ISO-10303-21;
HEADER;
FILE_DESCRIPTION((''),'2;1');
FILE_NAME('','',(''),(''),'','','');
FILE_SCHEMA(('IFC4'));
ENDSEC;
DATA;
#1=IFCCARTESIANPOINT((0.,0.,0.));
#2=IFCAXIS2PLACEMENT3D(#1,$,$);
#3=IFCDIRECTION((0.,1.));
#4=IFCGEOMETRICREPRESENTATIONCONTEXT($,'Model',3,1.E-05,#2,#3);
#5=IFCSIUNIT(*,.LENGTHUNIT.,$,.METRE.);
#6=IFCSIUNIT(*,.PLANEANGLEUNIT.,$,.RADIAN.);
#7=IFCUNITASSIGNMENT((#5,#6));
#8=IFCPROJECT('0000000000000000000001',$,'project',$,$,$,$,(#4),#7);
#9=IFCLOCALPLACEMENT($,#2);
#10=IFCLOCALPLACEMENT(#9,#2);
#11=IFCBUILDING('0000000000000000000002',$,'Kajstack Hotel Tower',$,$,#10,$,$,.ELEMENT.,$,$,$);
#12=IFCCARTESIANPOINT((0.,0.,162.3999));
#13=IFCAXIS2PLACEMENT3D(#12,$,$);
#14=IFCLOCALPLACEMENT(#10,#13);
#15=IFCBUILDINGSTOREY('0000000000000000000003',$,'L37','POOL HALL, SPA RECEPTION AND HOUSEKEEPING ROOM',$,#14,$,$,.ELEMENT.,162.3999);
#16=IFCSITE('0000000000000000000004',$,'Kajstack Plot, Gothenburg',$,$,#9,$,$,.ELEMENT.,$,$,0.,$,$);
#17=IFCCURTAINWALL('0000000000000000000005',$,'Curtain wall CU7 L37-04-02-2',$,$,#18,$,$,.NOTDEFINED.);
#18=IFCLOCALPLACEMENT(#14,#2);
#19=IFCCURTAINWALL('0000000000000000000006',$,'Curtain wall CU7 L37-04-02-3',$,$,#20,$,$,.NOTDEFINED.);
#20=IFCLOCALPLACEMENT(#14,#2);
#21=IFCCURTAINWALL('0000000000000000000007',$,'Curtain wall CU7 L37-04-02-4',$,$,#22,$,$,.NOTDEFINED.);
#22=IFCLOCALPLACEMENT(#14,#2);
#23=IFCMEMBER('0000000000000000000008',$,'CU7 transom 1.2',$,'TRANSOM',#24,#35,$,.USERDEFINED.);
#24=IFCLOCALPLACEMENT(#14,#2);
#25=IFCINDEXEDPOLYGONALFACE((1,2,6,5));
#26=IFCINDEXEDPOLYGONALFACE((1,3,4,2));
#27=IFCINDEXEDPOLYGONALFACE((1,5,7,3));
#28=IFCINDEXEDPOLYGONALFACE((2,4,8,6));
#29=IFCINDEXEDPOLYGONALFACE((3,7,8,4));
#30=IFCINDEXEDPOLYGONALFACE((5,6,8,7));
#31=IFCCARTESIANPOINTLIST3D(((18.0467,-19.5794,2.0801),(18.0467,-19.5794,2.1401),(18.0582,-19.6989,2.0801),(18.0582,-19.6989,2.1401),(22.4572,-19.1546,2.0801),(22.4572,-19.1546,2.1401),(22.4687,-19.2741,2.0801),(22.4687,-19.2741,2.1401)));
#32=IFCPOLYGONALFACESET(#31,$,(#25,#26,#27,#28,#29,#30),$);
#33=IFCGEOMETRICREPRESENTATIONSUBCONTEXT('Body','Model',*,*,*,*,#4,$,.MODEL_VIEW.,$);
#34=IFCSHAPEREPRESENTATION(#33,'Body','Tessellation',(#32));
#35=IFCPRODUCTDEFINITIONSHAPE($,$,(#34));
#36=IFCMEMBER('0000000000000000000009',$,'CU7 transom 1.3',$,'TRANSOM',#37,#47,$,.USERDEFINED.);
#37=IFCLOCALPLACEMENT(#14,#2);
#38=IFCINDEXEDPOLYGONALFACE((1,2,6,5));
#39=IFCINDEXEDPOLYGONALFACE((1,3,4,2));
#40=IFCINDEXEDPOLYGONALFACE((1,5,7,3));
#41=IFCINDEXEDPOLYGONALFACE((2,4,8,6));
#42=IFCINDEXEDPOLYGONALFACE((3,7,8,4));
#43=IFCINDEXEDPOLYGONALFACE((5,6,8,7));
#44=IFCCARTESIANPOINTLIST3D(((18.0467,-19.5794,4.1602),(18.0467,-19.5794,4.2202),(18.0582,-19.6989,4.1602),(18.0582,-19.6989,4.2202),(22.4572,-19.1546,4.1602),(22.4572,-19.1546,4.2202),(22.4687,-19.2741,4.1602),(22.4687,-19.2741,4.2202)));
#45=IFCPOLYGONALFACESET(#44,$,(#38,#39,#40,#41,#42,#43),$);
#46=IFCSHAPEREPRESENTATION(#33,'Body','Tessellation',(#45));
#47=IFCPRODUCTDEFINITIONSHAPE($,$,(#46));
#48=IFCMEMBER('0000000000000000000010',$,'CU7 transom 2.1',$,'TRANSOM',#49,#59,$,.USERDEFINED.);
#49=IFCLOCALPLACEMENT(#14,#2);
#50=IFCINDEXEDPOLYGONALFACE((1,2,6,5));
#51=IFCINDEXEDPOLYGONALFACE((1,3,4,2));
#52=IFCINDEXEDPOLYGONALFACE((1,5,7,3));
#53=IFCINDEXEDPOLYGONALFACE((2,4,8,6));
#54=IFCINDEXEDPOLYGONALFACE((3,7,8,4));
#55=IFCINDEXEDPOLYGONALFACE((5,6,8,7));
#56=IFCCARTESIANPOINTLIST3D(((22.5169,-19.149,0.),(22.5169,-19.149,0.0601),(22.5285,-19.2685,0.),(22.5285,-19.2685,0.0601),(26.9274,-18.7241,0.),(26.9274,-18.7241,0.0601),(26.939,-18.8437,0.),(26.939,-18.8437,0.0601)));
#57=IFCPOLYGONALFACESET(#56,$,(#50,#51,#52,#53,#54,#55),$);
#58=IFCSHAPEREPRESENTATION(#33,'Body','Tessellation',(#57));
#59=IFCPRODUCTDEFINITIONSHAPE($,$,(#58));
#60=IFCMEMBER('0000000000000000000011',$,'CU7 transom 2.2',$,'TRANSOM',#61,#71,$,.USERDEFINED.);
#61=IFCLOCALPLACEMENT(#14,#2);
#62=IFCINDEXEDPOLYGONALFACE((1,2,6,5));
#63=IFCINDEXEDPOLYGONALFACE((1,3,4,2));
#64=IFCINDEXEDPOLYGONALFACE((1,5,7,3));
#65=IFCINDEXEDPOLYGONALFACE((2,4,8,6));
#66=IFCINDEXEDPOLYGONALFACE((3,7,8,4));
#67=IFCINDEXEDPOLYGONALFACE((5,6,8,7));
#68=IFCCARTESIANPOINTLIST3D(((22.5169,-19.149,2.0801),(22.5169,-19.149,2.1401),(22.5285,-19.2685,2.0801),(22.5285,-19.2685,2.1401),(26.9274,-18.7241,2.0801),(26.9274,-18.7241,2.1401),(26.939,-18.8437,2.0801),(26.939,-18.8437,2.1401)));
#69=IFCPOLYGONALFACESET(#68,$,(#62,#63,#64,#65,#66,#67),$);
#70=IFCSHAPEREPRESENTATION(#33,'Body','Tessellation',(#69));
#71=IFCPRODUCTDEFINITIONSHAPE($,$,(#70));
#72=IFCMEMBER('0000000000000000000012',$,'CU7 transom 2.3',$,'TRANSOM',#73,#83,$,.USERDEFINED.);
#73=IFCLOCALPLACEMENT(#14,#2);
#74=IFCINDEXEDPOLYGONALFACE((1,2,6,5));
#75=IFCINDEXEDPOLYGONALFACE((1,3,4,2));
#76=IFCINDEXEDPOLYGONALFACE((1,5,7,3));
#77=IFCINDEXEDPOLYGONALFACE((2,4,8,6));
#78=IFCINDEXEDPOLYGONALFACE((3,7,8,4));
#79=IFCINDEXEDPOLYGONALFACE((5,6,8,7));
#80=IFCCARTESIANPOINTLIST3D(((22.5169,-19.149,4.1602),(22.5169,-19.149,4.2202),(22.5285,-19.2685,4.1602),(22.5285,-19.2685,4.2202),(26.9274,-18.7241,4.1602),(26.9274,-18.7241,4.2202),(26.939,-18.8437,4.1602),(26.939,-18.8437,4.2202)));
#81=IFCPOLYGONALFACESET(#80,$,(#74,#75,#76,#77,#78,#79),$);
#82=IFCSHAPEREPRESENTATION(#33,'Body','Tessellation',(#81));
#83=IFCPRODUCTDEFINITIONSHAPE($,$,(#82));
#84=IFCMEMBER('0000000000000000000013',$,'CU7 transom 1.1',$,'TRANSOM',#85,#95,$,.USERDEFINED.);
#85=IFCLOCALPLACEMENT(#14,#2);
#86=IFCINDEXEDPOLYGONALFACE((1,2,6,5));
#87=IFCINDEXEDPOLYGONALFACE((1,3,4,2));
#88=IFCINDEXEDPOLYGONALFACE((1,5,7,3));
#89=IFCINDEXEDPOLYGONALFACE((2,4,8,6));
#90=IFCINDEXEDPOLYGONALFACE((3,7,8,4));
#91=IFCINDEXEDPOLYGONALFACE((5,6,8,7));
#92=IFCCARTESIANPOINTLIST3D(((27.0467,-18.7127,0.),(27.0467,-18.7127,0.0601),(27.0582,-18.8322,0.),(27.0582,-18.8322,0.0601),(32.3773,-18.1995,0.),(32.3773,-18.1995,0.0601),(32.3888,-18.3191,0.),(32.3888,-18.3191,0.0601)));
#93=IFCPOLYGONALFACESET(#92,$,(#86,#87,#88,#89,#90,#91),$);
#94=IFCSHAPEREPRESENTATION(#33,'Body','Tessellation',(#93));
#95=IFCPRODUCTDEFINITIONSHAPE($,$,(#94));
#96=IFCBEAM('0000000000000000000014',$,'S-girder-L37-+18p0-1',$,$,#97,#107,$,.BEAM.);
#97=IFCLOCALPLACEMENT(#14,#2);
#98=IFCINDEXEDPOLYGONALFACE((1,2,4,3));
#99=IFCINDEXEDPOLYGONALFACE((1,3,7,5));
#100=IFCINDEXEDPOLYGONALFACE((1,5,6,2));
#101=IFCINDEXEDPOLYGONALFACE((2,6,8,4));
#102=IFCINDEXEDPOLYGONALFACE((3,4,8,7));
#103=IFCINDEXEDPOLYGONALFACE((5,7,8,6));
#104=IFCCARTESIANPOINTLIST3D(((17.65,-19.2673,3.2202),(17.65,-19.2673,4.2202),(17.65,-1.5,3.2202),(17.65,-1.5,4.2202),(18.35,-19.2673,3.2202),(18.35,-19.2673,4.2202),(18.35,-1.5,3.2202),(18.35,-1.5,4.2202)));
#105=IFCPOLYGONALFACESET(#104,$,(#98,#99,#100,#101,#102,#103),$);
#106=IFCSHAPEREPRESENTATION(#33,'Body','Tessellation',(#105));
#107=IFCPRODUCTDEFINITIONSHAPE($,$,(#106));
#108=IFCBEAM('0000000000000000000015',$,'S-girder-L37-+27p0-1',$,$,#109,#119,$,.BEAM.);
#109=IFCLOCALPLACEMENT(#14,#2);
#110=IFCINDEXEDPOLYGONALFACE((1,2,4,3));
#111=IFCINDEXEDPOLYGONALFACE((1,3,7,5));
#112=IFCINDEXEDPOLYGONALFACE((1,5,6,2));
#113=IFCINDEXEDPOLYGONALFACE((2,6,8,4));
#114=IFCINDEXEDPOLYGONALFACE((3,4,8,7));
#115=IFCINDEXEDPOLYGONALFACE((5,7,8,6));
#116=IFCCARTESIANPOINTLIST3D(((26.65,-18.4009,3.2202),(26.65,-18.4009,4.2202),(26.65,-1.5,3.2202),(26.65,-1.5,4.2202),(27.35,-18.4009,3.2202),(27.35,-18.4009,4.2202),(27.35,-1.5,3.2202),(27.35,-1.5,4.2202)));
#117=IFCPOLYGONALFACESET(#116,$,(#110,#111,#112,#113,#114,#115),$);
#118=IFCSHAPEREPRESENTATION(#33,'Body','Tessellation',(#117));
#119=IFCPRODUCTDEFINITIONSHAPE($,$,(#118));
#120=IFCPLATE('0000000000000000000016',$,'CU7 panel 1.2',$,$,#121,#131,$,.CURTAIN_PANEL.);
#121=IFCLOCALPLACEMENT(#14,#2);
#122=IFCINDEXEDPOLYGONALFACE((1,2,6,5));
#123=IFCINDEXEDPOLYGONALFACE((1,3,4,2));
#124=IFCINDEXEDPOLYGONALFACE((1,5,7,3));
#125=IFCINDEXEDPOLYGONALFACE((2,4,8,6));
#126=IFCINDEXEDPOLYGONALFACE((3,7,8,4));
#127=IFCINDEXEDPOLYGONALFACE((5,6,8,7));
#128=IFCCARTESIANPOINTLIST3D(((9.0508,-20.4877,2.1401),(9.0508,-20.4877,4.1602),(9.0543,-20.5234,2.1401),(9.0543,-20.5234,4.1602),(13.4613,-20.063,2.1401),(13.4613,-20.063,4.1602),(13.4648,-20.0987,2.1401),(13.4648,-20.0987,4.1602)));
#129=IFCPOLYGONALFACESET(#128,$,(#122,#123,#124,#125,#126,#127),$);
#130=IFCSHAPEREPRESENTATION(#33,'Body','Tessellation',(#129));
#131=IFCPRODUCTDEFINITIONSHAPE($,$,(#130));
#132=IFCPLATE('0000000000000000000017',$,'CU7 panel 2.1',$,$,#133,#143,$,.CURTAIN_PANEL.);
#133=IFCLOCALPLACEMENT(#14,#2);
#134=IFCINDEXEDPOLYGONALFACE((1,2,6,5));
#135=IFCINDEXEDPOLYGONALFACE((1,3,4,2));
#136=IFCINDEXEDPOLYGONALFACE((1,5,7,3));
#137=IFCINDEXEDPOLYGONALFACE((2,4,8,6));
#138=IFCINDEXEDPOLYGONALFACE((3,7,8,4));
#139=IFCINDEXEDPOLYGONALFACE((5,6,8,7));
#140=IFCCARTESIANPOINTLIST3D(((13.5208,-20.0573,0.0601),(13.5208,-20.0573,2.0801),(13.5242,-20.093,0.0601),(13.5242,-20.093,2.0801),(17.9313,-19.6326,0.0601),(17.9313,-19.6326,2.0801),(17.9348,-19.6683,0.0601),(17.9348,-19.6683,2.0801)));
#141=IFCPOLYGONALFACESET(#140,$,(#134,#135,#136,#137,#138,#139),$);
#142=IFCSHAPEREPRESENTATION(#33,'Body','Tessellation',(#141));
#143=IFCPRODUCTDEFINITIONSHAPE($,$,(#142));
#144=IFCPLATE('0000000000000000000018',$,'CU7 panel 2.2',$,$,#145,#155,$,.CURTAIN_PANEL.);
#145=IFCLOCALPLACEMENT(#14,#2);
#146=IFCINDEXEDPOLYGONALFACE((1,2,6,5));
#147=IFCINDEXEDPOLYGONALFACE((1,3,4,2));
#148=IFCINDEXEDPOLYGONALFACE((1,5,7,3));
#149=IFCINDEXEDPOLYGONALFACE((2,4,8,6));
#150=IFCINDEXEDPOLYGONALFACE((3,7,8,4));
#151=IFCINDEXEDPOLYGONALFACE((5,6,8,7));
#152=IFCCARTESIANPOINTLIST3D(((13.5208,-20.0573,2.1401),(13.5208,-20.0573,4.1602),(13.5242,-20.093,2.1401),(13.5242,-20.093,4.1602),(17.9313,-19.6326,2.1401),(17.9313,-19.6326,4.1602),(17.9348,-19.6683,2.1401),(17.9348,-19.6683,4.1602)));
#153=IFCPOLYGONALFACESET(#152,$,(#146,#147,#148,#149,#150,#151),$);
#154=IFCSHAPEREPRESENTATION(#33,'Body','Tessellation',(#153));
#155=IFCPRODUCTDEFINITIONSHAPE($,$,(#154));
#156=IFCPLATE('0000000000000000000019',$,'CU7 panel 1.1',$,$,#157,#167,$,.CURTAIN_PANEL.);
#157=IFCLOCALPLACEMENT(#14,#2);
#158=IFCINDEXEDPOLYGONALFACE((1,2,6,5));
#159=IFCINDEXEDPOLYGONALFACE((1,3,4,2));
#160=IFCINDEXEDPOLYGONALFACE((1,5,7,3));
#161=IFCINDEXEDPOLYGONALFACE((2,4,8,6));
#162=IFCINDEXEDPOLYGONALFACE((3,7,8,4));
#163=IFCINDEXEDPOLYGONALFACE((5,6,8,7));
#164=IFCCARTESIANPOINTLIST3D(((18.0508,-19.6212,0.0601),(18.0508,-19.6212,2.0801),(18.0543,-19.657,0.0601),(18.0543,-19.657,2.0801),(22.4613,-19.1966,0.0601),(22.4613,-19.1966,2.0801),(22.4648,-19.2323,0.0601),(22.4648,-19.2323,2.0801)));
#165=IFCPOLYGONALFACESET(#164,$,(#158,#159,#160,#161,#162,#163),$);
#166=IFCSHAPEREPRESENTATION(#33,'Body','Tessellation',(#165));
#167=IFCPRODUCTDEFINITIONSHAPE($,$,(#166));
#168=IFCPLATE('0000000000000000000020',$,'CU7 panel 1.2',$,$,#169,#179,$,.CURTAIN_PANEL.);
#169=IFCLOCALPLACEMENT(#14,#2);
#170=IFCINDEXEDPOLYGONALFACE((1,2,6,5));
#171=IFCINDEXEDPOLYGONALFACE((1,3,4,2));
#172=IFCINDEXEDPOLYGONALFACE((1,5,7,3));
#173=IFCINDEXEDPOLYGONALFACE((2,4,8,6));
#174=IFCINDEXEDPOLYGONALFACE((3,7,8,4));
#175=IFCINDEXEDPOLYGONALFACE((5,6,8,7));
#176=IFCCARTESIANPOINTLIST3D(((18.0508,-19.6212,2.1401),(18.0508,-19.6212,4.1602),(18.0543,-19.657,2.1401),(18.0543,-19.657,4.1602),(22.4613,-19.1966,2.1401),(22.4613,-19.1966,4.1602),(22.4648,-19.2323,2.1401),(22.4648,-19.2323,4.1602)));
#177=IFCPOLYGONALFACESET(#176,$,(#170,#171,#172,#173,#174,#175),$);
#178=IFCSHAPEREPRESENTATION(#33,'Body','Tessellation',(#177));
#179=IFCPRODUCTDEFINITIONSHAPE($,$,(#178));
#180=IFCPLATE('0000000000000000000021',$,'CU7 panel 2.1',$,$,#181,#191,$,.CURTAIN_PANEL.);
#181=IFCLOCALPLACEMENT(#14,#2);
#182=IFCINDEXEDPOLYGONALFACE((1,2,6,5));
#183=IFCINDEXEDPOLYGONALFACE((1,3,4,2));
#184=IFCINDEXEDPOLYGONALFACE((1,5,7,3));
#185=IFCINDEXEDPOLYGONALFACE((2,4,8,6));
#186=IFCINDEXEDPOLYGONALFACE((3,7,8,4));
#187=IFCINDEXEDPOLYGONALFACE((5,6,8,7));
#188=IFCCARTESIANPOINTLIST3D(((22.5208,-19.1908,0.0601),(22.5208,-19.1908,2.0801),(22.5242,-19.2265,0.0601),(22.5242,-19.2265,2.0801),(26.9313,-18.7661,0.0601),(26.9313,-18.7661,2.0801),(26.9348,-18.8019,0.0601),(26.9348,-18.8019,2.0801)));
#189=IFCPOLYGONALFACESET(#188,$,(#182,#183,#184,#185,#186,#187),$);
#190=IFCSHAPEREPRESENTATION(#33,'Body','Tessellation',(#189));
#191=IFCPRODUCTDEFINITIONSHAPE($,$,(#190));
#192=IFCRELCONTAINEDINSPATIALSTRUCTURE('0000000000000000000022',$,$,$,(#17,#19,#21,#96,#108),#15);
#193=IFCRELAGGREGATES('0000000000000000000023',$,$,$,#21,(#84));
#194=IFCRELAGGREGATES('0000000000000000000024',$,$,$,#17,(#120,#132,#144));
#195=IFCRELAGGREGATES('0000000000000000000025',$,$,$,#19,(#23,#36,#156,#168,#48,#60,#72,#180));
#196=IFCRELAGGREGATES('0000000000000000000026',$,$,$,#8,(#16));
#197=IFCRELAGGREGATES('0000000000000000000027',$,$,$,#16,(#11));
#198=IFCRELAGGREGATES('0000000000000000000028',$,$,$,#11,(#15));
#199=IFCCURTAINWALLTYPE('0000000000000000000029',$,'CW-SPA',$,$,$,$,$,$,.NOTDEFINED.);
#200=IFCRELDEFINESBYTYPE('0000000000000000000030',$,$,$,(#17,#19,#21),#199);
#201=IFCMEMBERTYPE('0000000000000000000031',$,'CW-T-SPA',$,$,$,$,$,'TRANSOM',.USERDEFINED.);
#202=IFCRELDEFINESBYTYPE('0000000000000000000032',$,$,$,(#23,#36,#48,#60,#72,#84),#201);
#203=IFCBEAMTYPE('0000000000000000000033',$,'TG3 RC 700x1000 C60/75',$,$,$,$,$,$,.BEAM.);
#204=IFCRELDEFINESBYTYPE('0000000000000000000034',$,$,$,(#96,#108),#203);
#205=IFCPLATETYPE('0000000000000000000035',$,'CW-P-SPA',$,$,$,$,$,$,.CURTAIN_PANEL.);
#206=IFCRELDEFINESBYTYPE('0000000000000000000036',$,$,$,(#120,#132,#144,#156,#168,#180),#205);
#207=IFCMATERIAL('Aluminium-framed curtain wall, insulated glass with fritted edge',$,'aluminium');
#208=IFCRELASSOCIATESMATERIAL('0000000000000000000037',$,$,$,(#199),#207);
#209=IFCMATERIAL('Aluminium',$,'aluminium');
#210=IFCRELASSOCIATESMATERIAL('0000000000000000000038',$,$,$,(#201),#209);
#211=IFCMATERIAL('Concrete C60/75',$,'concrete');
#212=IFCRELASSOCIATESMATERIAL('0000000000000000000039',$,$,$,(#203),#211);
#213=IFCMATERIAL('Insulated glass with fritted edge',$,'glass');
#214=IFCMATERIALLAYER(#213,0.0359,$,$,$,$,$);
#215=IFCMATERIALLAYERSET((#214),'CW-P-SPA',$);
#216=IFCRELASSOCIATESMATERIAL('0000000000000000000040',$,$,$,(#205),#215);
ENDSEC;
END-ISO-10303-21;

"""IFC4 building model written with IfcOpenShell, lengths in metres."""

from ifc_helpers import new_model, si_unit, direction, frame, origin, origin_2d, place, context, subcontext, project, spatial, rectangle, extrude, material, layer, layer_set, material_profile, profile_set, type_object, element, aggregate, save


model = new_model("IFC4")

# Units and contexts
model_context = context("Model", 3, precision=1e-05, world=origin(), true_north=direction((0.0, 1.0)))
body_context = subcontext(model_context, "Body", "Model", "MODEL_VIEW")
ifc_project = project(units=[si_unit("LENGTHUNIT", "METRE"), si_unit("PLANEANGLEUNIT", "RADIAN")], contexts=[model_context])

# Site, building, storey
site_placement = place(None, origin())
site = spatial("IfcSite", under=ifc_project, at=site_placement, Name="Kajstack Plot, Gothenburg", CompositionType="ELEMENT", RefElevation=0.0)
building_placement = place(site_placement, origin())
building = spatial("IfcBuilding", under=site, at=building_placement, Name="Kajstack Hotel Tower", CompositionType="ELEMENT")
storey_placement = place(building_placement, frame((0.0, 0.0, 162.3999)))
storey = spatial("IfcBuildingStorey", under=building, at=storey_placement, Name="L37", Description="POOL HALL, SPA RECEPTION AND HOUSEKEEPING ROOM", CompositionType="ELEMENT", Elevation=162.3999)

# Curtain walls
ifc_material_1 = material(Name="Aluminium-framed curtain wall, insulated glass with fritted edge", Category="aluminium")
curtain_wall_type = type_object("IfcCurtainWallType", Name="CW-SPA", PredefinedType="NOTDEFINED", material=ifc_material_1)
curtain_wall_1_placement = place(storey_placement, origin())
curtain_wall_1 = element("IfcCurtainWall", 1, at=curtain_wall_1_placement, inside=storey, type_object=curtain_wall_type, Name="Curtain wall CU7 L37-04-02-2", PredefinedType="NOTDEFINED")
ifc_material_2 = material(Name="Aluminium", Category="aluminium")
curtain_wall_2_placement = place(storey_placement, origin())
curtain_wall_2 = element("IfcCurtainWall", 2, at=curtain_wall_2_placement, inside=storey, type_object=curtain_wall_type, Name="Curtain wall CU7 L37-04-02-3", PredefinedType="NOTDEFINED")

# Curtain wall
curtain_wall_3_placement = place(storey_placement, origin())
curtain_wall_3 = element("IfcCurtainWall", 3, at=curtain_wall_3_placement, inside=storey, type_object=curtain_wall_type, Name="Curtain wall CU7 L37-04-02-4", PredefinedType="NOTDEFINED")

# Members
ifc_material_profile_1 = material_profile(ifc_material_2, rectangle(XDim=0.1201, YDim=0.0601, at=origin_2d()), Name="Aluminium transom 120 x 60")
ifc_profile_set_1 = profile_set([ifc_material_profile_1], Name="Aluminium")
member_type_1 = type_object("IfcMemberType", Name="CW-T-SPA", ElementType="TRANSOM", PredefinedType="USERDEFINED", material=ifc_profile_set_1)
member_1_placement = place(storey_placement, frame((18.0525, -19.6392, 2.1101), z_axis=(0.995393, 0.095875, 0.0), x_axis=(-0.095875, 0.995393, 0.0)))
member_1 = element("IfcMember", 4, at=member_1_placement, type_object=member_type_1, Name="CU7 transom 1.2", ObjectType="TRANSOM", PredefinedType="USERDEFINED", context=body_context, shape_type="SweptSolid", body=[
    extrude(rectangle(XDim=0.1201, YDim=0.0601, at=origin_2d()), origin(), (0.0, 0.0, 1.0), 4.4309),
])
member_2_placement = place(storey_placement, frame((18.0525, -19.6392, 4.1902), z_axis=(0.995393, 0.095875, 0.0), x_axis=(-0.095875, 0.995393, 0.0)))
member_2 = element("IfcMember", 5, at=member_2_placement, type_object=member_type_1, Name="CU7 transom 1.3", ObjectType="TRANSOM", PredefinedType="USERDEFINED", context=body_context, shape_type="SweptSolid", body=[
    extrude(rectangle(XDim=0.1201, YDim=0.0601, at=origin_2d()), origin(), (0.0, 0.0, 1.0), 4.4309),
])
member_3_placement = place(storey_placement, frame((22.5227, -19.2087, 0.03), z_axis=(0.995393, 0.095875, 0.0), x_axis=(-0.095875, 0.995393, 0.0)))
member_3 = element("IfcMember", 6, at=member_3_placement, type_object=member_type_1, Name="CU7 transom 2.1", ObjectType="TRANSOM", PredefinedType="USERDEFINED", context=body_context, shape_type="SweptSolid", body=[
    extrude(rectangle(XDim=0.1201, YDim=0.0601, at=origin_2d()), origin(), (0.0, 0.0, 1.0), 4.4309),
])
member_4_placement = place(storey_placement, frame((22.5227, -19.2087, 2.1101), z_axis=(0.995393, 0.095875, 0.0), x_axis=(-0.095875, 0.995393, 0.0)))
member_4 = element("IfcMember", 7, at=member_4_placement, type_object=member_type_1, Name="CU7 transom 2.2", ObjectType="TRANSOM", PredefinedType="USERDEFINED", context=body_context, shape_type="SweptSolid", body=[
    extrude(rectangle(XDim=0.1201, YDim=0.0601, at=origin_2d()), origin(), (0.0, 0.0, 1.0), 4.4309),
])
member_5_placement = place(storey_placement, frame((22.5227, -19.2087, 4.1902), z_axis=(0.995393, 0.095875, 0.0), x_axis=(-0.095875, 0.995393, 0.0)))
member_5 = element("IfcMember", 8, at=member_5_placement, type_object=member_type_1, Name="CU7 transom 2.3", ObjectType="TRANSOM", PredefinedType="USERDEFINED", context=body_context, shape_type="SweptSolid", body=[
    extrude(rectangle(XDim=0.1201, YDim=0.0601, at=origin_2d()), origin(), (0.0, 0.0, 1.0), 4.4309),
])
member_6_placement = place(storey_placement, frame((27.0525, -18.7725, 0.03), z_axis=(0.995398, 0.095829, 0.0), x_axis=(-0.095829, 0.995398, 0.0)))
member_6 = element("IfcMember", 9, at=member_6_placement, type_object=member_type_1, Name="CU7 transom 1.1", ObjectType="TRANSOM", PredefinedType="USERDEFINED", context=body_context, shape_type="SweptSolid", body=[
    extrude(rectangle(XDim=0.1201, YDim=0.0601, at=origin_2d()), origin(), (0.0, 0.0, 1.0), 5.3552),
])
aggregate(curtain_wall_3, [member_6])

# Beams
ifc_material_3 = material(Name="Concrete C60/75", Category="concrete")
ifc_material_profile_2 = material_profile(ifc_material_3, rectangle(XDim=0.7, YDim=1.0, at=origin_2d()), Name="RC 700x1000")
ifc_profile_set_2 = profile_set([ifc_material_profile_2], Name="Concrete C60/75")
beam_type = type_object("IfcBeamType", Name="TG3 RC 700x1000 C60/75", PredefinedType="BEAM", material=ifc_profile_set_2)
beam_1_placement = place(storey_placement, frame((18.0, -19.2673, 3.7202), z_axis=(0.0, 1.0, 0.0), x_axis=(-1.0, 0.0, 0.0)))
element("IfcBeam", 10, at=beam_1_placement, inside=storey, type_object=beam_type, Name="S-girder-L37-+18p0-1", PredefinedType="BEAM", context=body_context, shape_type="SweptSolid", body=[
    extrude(rectangle(XDim=0.7, YDim=1.0, at=origin_2d()), origin(), (0.0, 0.0, 1.0), 17.7673),
])
beam_2_placement = place(storey_placement, frame((27.0, -18.4009, 3.7202), z_axis=(0.0, 1.0, 0.0), x_axis=(-1.0, 0.0, 0.0)))
element("IfcBeam", 11, at=beam_2_placement, inside=storey, type_object=beam_type, Name="S-girder-L37-+27p0-1", PredefinedType="BEAM", context=body_context, shape_type="SweptSolid", body=[
    extrude(rectangle(XDim=0.7, YDim=1.0, at=origin_2d()), origin(), (0.0, 0.0, 1.0), 16.9009),
])

# Plates
ifc_material_4 = material(Name="Insulated glass with fritted edge", Category="glass")
ifc_layer_1 = layer(ifc_material_4, 0.0359)
ifc_layer_set_1 = layer_set([ifc_layer_1], Name="CW-P-SPA")
plate_type = type_object("IfcPlateType", Name="CW-P-SPA", PredefinedType="CURTAIN_PANEL", material=ifc_layer_set_1)
plate_1_placement = place(storey_placement, frame((11.2578, -20.2932, 2.1401), z_axis=(0.0, 0.0, 1.0), x_axis=(0.995396, 0.095845, 0.0)))
plate_1 = element("IfcPlate", 12, at=plate_1_placement, type_object=plate_type, Name="CU7 panel 1.2", PredefinedType="CURTAIN_PANEL", context=body_context, shape_type="SweptSolid", body=[
    extrude(rectangle(XDim=4.4309, YDim=0.0359, at=origin_2d()), origin(), (0.0, 0.0, 1.0), 2.02),
])
plate_2_placement = place(storey_placement, frame((15.7278, -19.8628, 0.0601), z_axis=(0.0, 0.0, 1.0), x_axis=(0.995396, 0.095845, 0.0)))
plate_2 = element("IfcPlate", 13, at=plate_2_placement, type_object=plate_type, Name="CU7 panel 2.1", PredefinedType="CURTAIN_PANEL", context=body_context, shape_type="SweptSolid", body=[
    extrude(rectangle(XDim=4.4309, YDim=0.0359, at=origin_2d()), origin(), (0.0, 0.0, 1.0), 2.02),
])
plate_3_placement = place(storey_placement, frame((15.7278, -19.8628, 2.1401), z_axis=(0.0, 0.0, 1.0), x_axis=(0.995396, 0.095845, 0.0)))
plate_3 = element("IfcPlate", 14, at=plate_3_placement, type_object=plate_type, Name="CU7 panel 2.2", PredefinedType="CURTAIN_PANEL", context=body_context, shape_type="SweptSolid", body=[
    extrude(rectangle(XDim=4.4309, YDim=0.0359, at=origin_2d()), origin(), (0.0, 0.0, 1.0), 2.02),
])
aggregate(curtain_wall_1, [plate_1, plate_2, plate_3])
plate_4_placement = place(storey_placement, frame((20.2578, -19.4268, 0.0601), z_axis=(0.0, 0.0, 1.0), x_axis=(0.995396, 0.095845, 0.0)))
plate_4 = element("IfcPlate", 15, at=plate_4_placement, type_object=plate_type, Name="CU7 panel 1.1", PredefinedType="CURTAIN_PANEL", context=body_context, shape_type="SweptSolid", body=[
    extrude(rectangle(XDim=4.4309, YDim=0.0359, at=origin_2d()), origin(), (0.0, 0.0, 1.0), 2.02),
])
plate_5_placement = place(storey_placement, frame((20.2578, -19.4268, 2.1401), z_axis=(0.0, 0.0, 1.0), x_axis=(0.995396, 0.095845, 0.0)))
plate_5 = element("IfcPlate", 16, at=plate_5_placement, type_object=plate_type, Name="CU7 panel 1.2", PredefinedType="CURTAIN_PANEL", context=body_context, shape_type="SweptSolid", body=[
    extrude(rectangle(XDim=4.4309, YDim=0.0359, at=origin_2d()), origin(), (0.0, 0.0, 1.0), 2.02),
])
plate_6_placement = place(storey_placement, frame((24.7278, -18.9963, 0.0601), z_axis=(0.0, 0.0, 1.0), x_axis=(0.995396, 0.095845, 0.0)))
plate_6 = element("IfcPlate", 17, at=plate_6_placement, type_object=plate_type, Name="CU7 panel 2.1", PredefinedType="CURTAIN_PANEL", context=body_context, shape_type="SweptSolid", body=[
    extrude(rectangle(XDim=4.4309, YDim=0.0359, at=origin_2d()), origin(), (0.0, 0.0, 1.0), 2.02),
])
aggregate(curtain_wall_2, [member_1, member_2, plate_4, plate_5, member_3, member_4, member_5, plate_6])

save(model, "model.ifc")
